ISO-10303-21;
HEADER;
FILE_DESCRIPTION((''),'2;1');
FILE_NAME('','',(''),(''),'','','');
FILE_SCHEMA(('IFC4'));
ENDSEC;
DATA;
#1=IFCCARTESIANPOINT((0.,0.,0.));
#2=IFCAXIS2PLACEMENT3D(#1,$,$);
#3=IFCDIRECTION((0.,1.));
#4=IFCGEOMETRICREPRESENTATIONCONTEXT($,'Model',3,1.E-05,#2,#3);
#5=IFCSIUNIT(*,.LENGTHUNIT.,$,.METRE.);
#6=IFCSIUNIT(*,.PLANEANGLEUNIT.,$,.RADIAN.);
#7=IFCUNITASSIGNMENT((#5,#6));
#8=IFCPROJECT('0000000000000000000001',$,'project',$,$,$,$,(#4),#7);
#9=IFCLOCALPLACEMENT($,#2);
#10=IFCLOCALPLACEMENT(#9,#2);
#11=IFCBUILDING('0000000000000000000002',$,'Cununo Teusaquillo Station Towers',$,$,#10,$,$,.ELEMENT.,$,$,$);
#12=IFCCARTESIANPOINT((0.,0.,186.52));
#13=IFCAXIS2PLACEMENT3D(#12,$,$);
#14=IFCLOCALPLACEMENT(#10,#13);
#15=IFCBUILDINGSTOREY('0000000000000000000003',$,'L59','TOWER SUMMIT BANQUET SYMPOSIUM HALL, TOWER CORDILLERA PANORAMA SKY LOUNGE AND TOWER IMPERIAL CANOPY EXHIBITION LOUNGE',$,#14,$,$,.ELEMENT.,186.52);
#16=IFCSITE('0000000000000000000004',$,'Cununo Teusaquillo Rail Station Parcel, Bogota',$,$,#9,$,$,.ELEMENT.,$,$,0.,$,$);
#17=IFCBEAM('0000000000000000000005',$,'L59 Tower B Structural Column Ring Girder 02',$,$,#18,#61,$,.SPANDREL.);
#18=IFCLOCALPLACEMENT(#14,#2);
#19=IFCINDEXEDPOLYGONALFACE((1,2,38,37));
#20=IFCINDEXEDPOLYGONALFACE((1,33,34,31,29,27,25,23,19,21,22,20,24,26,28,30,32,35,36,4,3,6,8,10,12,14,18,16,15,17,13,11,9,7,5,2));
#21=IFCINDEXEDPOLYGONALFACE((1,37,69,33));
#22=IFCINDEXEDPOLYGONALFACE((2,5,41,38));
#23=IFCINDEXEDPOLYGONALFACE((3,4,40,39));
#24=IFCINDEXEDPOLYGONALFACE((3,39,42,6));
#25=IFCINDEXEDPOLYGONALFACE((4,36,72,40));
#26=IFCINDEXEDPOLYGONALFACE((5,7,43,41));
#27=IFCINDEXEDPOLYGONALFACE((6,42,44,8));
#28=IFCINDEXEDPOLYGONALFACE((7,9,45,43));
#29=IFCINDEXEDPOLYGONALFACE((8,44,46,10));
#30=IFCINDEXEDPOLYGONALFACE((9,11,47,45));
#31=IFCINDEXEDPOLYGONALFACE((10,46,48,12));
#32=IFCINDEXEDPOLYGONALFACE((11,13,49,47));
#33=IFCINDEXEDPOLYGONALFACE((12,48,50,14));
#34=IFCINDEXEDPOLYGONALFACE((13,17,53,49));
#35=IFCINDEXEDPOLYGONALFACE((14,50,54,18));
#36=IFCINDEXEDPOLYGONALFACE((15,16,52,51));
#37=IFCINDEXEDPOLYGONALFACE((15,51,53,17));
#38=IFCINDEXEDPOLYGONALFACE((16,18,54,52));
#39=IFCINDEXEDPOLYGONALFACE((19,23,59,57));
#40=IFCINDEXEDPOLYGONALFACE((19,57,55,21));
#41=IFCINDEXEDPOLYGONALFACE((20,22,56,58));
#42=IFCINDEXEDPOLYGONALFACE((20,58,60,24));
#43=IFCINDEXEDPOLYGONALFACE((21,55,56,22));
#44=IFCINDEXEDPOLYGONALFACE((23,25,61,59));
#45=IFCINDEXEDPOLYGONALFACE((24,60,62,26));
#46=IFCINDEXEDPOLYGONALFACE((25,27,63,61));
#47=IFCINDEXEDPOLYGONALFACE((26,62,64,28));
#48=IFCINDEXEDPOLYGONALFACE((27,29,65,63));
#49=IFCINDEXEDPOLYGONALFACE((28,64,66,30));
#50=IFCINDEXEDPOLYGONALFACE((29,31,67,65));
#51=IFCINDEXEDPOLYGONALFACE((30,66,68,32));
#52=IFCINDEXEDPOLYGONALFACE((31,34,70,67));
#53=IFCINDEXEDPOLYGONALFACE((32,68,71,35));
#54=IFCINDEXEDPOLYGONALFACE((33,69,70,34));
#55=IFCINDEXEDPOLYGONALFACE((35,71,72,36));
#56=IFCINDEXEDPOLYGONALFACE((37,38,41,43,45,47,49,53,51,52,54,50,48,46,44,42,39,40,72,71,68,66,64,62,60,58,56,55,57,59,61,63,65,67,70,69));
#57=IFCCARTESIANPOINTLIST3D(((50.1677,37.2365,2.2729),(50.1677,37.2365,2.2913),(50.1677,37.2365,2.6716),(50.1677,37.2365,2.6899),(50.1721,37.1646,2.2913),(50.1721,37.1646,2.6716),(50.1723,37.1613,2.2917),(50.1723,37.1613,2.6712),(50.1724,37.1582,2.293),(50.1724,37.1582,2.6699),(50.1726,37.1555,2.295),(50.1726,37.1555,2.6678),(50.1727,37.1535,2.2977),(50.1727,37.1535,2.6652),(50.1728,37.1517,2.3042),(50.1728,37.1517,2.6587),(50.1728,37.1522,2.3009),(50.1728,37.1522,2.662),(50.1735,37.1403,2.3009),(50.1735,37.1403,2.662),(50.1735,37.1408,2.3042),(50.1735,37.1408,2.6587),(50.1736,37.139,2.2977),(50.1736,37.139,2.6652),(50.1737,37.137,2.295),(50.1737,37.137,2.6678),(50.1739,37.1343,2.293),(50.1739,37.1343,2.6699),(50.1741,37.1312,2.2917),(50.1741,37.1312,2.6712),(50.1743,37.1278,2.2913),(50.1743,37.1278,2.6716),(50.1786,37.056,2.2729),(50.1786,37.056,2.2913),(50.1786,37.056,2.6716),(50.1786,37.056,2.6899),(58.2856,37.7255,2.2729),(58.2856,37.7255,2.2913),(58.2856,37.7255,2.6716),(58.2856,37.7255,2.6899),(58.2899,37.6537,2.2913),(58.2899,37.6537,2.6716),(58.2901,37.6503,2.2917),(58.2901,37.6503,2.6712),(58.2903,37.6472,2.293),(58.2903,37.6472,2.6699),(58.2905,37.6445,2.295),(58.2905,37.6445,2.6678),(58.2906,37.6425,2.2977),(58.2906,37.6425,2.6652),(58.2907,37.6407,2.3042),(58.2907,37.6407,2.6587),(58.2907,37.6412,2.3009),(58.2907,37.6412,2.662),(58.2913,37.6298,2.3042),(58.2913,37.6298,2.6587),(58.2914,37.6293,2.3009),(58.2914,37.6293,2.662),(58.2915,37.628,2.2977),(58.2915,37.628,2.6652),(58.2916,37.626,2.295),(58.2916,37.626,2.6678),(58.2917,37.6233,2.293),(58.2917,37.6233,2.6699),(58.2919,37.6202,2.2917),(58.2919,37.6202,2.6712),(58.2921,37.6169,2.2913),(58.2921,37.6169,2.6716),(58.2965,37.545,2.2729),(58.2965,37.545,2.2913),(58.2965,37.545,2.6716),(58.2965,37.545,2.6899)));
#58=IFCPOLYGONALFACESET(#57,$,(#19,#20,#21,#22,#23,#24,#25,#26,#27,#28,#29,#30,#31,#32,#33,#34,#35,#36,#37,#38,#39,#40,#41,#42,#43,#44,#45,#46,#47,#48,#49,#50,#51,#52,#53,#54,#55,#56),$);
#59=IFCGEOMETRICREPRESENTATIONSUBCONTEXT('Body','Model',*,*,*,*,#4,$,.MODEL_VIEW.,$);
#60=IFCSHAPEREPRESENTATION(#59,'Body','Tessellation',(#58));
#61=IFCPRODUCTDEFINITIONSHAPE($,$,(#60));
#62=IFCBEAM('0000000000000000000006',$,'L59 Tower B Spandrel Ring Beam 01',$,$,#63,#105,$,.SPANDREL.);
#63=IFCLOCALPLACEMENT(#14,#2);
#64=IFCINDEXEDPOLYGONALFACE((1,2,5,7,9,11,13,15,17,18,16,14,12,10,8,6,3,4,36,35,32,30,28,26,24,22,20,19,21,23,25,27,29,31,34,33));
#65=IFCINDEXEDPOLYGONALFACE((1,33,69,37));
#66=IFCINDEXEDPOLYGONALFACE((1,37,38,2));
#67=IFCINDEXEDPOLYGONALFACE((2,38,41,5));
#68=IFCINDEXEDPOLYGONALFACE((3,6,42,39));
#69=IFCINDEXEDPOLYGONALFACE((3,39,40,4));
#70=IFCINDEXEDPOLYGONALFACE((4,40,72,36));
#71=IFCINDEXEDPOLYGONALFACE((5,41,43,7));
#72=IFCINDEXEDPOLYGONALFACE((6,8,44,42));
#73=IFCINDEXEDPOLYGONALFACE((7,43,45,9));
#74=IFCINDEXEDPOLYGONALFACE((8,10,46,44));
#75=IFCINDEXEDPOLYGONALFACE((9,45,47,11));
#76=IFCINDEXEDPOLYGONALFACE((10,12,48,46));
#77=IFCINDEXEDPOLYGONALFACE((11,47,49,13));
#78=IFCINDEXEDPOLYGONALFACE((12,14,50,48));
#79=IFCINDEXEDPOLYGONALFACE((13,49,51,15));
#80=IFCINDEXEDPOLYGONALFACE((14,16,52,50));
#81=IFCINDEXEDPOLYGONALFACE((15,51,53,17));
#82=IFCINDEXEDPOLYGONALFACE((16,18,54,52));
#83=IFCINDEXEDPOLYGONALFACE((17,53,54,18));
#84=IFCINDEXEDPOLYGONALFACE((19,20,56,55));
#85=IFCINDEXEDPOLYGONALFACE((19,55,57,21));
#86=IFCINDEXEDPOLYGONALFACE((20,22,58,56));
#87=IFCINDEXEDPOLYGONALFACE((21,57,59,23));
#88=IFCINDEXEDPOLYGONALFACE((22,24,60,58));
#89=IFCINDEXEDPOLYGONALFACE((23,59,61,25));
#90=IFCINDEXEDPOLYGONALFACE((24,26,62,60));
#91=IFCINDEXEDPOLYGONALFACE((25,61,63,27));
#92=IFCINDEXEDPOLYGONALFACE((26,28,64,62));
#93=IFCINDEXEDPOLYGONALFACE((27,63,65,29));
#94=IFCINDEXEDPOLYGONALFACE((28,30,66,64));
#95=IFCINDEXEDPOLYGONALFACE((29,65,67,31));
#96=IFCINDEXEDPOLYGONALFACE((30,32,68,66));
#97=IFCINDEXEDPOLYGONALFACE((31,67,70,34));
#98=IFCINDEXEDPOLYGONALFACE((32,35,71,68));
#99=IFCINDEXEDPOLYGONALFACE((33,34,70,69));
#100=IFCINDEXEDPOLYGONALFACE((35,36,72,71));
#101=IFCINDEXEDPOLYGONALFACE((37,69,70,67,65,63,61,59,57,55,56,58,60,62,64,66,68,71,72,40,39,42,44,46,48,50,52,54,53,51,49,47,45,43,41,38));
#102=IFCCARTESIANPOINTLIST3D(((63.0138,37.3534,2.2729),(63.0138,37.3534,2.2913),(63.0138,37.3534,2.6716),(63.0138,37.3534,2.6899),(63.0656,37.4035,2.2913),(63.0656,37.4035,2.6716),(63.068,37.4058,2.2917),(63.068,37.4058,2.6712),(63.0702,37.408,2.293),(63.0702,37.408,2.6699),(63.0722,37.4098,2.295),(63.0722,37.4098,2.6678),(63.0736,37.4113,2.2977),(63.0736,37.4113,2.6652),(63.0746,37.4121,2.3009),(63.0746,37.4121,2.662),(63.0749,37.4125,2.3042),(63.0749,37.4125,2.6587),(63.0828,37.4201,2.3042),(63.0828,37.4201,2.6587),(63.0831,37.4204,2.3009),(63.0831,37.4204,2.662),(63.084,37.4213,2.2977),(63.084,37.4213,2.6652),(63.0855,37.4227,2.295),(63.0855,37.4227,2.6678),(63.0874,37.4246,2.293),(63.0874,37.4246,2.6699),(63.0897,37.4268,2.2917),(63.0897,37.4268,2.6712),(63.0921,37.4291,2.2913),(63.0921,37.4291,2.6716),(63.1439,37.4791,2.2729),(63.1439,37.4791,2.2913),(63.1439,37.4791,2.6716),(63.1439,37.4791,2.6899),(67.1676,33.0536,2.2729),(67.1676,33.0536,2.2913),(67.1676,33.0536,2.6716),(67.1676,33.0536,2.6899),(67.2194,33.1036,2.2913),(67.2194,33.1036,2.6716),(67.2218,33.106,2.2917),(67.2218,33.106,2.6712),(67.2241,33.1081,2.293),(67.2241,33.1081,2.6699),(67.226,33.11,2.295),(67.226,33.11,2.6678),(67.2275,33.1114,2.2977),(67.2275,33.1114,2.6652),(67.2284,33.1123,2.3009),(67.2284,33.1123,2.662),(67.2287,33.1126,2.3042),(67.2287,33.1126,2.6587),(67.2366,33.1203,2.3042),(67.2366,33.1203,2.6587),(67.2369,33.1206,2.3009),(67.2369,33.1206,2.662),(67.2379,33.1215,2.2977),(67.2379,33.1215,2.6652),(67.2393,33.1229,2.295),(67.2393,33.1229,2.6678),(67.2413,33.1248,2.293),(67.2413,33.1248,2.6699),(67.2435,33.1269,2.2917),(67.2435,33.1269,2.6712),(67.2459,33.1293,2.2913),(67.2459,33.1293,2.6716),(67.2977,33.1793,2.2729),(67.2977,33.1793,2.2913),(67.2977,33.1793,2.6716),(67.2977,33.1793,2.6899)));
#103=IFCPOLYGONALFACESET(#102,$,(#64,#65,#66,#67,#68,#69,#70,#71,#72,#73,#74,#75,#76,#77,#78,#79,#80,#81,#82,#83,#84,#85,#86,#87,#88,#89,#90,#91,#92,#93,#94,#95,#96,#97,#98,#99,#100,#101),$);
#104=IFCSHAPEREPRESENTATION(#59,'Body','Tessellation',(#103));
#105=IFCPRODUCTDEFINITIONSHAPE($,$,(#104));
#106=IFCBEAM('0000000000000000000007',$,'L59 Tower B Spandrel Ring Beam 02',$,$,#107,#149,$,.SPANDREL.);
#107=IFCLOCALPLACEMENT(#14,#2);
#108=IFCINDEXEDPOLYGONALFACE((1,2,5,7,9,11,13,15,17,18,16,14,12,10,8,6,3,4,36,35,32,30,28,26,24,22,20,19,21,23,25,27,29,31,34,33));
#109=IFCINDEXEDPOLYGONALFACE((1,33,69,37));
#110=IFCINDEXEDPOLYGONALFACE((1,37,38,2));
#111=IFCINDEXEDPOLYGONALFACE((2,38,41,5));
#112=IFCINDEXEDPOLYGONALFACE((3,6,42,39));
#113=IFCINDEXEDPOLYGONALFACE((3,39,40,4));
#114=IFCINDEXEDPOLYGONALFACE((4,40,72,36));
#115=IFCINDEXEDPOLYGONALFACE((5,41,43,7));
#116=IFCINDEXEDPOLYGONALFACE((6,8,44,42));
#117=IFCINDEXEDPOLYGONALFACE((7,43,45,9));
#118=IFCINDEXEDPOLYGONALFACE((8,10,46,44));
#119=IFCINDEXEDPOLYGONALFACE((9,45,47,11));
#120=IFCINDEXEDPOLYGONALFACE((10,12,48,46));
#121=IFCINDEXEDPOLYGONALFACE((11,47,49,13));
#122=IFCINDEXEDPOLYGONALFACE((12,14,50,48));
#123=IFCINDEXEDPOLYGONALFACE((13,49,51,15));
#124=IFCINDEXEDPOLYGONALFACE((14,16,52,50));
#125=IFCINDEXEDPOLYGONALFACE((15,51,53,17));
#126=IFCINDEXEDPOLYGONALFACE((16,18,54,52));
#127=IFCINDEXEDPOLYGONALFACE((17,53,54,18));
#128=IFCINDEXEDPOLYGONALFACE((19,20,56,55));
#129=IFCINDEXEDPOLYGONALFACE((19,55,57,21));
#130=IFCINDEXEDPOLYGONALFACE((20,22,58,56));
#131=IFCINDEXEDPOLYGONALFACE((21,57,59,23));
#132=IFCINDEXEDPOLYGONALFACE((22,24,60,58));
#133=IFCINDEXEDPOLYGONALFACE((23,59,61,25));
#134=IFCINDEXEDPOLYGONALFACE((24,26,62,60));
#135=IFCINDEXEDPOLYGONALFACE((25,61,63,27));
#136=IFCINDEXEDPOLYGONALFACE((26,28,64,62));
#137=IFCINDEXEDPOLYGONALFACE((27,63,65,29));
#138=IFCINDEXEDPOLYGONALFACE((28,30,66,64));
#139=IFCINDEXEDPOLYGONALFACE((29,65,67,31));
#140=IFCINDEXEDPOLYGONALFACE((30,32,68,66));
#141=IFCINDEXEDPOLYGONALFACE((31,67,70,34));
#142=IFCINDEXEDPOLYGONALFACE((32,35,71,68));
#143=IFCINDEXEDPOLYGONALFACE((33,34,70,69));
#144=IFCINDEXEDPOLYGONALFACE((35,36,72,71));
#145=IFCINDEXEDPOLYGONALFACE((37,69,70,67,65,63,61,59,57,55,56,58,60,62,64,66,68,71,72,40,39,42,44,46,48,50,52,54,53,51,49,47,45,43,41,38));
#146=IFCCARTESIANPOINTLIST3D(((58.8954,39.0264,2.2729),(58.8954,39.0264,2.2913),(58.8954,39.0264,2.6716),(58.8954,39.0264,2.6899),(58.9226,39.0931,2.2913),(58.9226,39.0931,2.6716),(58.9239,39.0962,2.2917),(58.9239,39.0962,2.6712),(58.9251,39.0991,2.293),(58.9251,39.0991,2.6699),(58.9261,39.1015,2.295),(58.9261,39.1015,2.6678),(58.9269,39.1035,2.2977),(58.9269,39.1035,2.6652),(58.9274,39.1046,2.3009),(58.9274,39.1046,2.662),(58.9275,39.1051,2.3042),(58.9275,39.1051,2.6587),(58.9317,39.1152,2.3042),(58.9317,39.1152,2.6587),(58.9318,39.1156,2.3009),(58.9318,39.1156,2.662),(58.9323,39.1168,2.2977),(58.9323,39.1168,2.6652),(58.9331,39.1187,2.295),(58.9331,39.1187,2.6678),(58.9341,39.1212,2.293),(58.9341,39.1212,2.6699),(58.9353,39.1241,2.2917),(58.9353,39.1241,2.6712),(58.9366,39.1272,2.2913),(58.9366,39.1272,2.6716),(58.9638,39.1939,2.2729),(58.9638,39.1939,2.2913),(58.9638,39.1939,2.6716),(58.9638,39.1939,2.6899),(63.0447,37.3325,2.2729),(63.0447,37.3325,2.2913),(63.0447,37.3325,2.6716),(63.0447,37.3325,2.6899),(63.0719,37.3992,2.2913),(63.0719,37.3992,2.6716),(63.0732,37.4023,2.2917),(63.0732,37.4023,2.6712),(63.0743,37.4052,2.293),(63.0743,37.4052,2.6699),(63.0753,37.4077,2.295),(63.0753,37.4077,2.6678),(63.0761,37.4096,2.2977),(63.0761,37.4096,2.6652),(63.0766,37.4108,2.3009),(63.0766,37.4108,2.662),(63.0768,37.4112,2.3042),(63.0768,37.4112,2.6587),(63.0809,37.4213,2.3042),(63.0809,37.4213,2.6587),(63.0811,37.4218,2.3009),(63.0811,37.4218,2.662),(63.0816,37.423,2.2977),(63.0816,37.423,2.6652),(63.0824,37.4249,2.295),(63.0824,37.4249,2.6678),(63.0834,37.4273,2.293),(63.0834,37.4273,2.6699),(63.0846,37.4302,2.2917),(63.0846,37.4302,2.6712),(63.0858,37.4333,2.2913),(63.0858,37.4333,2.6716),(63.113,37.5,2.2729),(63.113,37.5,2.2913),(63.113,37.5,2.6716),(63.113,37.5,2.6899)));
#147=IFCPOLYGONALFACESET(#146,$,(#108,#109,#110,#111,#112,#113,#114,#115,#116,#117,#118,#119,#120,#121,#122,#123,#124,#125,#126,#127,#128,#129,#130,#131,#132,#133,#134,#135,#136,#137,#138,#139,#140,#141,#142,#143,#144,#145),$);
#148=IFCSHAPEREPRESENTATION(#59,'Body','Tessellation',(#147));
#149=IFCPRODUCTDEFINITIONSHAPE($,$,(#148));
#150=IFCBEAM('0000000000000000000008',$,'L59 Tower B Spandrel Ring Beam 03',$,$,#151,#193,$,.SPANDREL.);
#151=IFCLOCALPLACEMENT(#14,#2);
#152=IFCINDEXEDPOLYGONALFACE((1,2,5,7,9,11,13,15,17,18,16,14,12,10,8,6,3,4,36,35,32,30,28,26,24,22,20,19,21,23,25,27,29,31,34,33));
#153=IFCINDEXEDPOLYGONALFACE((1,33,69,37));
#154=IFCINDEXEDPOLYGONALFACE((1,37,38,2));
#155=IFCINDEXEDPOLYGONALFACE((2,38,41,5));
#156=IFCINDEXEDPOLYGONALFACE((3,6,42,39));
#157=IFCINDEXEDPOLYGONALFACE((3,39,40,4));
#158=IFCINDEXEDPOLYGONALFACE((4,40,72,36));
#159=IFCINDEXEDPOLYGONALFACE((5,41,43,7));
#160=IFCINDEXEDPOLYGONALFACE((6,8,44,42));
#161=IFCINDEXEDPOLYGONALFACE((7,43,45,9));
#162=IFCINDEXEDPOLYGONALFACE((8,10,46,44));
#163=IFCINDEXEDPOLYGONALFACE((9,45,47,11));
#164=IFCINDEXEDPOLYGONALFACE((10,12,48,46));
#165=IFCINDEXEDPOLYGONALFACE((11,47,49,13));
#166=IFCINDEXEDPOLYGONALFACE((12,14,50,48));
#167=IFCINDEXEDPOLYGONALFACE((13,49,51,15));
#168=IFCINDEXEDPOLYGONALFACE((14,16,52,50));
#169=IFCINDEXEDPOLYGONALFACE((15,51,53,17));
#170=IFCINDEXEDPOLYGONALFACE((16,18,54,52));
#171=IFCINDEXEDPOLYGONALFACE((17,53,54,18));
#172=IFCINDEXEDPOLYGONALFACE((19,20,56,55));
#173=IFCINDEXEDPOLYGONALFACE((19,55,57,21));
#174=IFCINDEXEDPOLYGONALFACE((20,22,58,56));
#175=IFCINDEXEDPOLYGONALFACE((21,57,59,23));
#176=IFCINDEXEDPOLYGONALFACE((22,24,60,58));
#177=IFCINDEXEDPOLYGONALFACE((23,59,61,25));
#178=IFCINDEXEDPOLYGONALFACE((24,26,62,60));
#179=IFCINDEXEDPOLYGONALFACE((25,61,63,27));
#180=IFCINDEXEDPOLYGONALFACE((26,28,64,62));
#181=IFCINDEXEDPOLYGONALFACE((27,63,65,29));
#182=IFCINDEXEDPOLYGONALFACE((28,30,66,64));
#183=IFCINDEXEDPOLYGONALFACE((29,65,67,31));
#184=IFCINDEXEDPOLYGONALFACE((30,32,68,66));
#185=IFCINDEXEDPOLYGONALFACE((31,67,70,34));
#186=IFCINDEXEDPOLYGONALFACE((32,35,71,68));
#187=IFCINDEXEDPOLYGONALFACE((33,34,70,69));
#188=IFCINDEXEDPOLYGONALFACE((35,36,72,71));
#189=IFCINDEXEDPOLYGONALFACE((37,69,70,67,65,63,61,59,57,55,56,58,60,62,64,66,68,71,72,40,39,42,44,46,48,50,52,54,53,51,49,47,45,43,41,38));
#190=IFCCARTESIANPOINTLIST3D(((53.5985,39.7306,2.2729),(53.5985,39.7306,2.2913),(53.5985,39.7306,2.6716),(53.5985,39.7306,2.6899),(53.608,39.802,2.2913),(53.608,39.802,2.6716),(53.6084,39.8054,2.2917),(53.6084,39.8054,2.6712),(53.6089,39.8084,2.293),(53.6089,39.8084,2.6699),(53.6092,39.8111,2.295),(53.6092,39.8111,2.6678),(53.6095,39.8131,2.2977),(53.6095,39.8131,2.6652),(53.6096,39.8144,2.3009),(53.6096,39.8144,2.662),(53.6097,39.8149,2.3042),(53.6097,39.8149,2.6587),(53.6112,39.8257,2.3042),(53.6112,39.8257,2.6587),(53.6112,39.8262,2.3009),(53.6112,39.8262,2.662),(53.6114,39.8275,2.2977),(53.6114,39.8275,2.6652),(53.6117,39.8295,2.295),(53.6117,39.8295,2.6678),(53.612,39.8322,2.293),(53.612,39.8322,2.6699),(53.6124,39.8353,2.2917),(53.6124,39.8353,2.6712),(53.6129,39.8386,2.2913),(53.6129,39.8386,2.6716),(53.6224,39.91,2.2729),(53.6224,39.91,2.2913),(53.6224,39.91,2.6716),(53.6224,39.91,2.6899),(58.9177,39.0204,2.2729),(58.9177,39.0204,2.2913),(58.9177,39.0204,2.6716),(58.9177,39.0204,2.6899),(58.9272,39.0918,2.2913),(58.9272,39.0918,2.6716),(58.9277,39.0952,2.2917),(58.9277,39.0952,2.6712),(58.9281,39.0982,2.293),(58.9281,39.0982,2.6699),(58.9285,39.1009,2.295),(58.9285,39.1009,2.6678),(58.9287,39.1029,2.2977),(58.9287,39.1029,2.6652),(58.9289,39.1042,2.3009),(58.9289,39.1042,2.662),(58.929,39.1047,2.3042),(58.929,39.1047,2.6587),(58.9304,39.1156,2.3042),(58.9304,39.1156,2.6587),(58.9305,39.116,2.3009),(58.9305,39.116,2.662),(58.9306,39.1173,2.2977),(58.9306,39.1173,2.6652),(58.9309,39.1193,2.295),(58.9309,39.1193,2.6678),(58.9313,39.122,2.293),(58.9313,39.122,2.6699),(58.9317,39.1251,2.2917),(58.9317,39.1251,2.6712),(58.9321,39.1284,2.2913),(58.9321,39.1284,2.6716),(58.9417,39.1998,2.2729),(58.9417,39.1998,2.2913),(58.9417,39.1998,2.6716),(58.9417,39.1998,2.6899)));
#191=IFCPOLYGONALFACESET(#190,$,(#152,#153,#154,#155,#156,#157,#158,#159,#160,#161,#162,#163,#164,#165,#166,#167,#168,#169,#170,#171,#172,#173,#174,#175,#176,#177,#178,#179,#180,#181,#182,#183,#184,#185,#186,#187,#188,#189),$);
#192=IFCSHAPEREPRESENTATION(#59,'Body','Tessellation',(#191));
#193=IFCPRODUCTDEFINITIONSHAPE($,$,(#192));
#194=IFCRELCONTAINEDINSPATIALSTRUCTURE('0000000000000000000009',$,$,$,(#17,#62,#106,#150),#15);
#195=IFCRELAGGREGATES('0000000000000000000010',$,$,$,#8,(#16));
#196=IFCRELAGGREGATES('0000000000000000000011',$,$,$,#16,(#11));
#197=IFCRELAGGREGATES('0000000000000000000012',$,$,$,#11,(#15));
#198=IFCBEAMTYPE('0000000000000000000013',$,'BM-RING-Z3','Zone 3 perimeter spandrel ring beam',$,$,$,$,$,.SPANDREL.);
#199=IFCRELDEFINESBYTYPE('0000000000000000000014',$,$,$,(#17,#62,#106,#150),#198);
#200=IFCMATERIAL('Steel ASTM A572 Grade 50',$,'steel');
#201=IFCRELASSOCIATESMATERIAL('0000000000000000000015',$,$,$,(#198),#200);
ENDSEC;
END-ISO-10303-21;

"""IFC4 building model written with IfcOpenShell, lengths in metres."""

from ifc_helpers import new_model, si_unit, direction, frame, origin, origin_2d, place, context, subcontext, project, spatial, i_section, extrude, material, material_profile, profile_set, type_object, element, save


model = new_model("IFC4")

# Units and contexts
model_context = context("Model", 3, precision=1e-05, world=origin(), true_north=direction((0.0, 1.0)))
body_context = subcontext(model_context, "Body", "Model", "MODEL_VIEW")
ifc_project = project(units=[si_unit("LENGTHUNIT", "METRE"), si_unit("PLANEANGLEUNIT", "RADIAN")], contexts=[model_context])

# Site, building, storey
site_placement = place(None, origin())
site = spatial("IfcSite", under=ifc_project, at=site_placement, Name="Cununo Teusaquillo Rail Station Parcel, Bogota", CompositionType="ELEMENT", RefElevation=0.0)
building_placement = place(site_placement, origin())
building = spatial("IfcBuilding", under=site, at=building_placement, Name="Cununo Teusaquillo Station Towers", CompositionType="ELEMENT")
storey_placement = place(building_placement, frame((0.0, 0.0, 186.52)))
storey = spatial("IfcBuildingStorey", under=building, at=storey_placement, Name="L59", Description="TOWER SUMMIT BANQUET SYMPOSIUM HALL, TOWER CORDILLERA PANORAMA SKY LOUNGE AND TOWER IMPERIAL CANOPY EXHIBITION LOUNGE", CompositionType="ELEMENT", Elevation=186.52)

# Beams
ifc_material_1 = material(Name="Steel ASTM A572 Grade 50", Category="steel")
ifc_material_profile_1 = material_profile(ifc_material_1, i_section(OverallWidth=0.1809, OverallDepth=0.417, WebThickness=0.011, FlangeThickness=0.0183, FilletRadius=0.0129, at=origin_2d()), Name="W16X57")
ifc_profile_set_1 = profile_set([ifc_material_profile_1], Name="Steel ASTM A572 Grade 50")
beam_type_1 = type_object("IfcBeamType", Name="BM-RING-Z3", Description="Zone 3 perimeter spandrel ring beam", PredefinedType="SPANDREL", material=ifc_profile_set_1)
beam_1_placement = place(storey_placement, frame((58.291, 37.6353, 2.4814), z_axis=(-0.998191, -0.06013, 0.0), x_axis=(0.06013, -0.998191, 0.0)))
element("IfcBeam", 1, at=beam_1_placement, inside=storey, type_object=beam_type_1, Name="L59 Tower B Structural Column Ring Girder 02", PredefinedType="SPANDREL", context=body_context, shape_type="SweptSolid", body=[
    extrude(i_section(OverallWidth=0.1809, OverallDepth=0.417, WebThickness=0.011, FlangeThickness=0.0183, FilletRadius=0.0129, at=origin_2d()), origin(), (0.0, 0.0, 1.0), 8.1326),
])
beam_2_placement = place(storey_placement, frame((67.2327, 33.1165, 2.4814), z_axis=(-0.694791, 0.719211, 0.0), x_axis=(-0.719211, -0.694791, 0.0)))
element("IfcBeam", 2, at=beam_2_placement, inside=storey, type_object=beam_type_1, Name="L59 Tower B Spandrel Ring Beam 01", PredefinedType="SPANDREL", context=body_context, shape_type="SweptSolid", body=[
    extrude(i_section(OverallWidth=0.1809, OverallDepth=0.417, WebThickness=0.011, FlangeThickness=0.0183, FilletRadius=0.0129, at=origin_2d()), origin(), (0.0, 0.0, 1.0), 5.9785),
])
beam_3_placement = place(storey_placement, frame((63.0789, 37.4163, 2.4814), z_axis=(-0.925824, 0.377956, 0.0), x_axis=(-0.377956, -0.925824, 0.0)))
element("IfcBeam", 3, at=beam_3_placement, inside=storey, type_object=beam_type_1, Name="L59 Tower B Spandrel Ring Beam 02", PredefinedType="SPANDREL", context=body_context, shape_type="SweptSolid", body=[
    extrude(i_section(OverallWidth=0.1809, OverallDepth=0.417, WebThickness=0.011, FlangeThickness=0.0183, FilletRadius=0.0129, at=origin_2d()), origin(), (0.0, 0.0, 1.0), 4.4817),
])
beam_4_placement = place(storey_placement, frame((58.9297, 39.1101, 2.4814), z_axis=(-0.991204, 0.13234, 0.0), x_axis=(-0.13234, -0.991204, 0.0)))
element("IfcBeam", 4, at=beam_4_placement, inside=storey, type_object=beam_type_1, Name="L59 Tower B Spandrel Ring Beam 03", PredefinedType="SPANDREL", context=body_context, shape_type="SweptSolid", body=[
    extrude(i_section(OverallWidth=0.1809, OverallDepth=0.417, WebThickness=0.011, FlangeThickness=0.0183, FilletRadius=0.0129, at=origin_2d()), origin(), (0.0, 0.0, 1.0), 5.3665),
])

save(model, "model.ifc")
